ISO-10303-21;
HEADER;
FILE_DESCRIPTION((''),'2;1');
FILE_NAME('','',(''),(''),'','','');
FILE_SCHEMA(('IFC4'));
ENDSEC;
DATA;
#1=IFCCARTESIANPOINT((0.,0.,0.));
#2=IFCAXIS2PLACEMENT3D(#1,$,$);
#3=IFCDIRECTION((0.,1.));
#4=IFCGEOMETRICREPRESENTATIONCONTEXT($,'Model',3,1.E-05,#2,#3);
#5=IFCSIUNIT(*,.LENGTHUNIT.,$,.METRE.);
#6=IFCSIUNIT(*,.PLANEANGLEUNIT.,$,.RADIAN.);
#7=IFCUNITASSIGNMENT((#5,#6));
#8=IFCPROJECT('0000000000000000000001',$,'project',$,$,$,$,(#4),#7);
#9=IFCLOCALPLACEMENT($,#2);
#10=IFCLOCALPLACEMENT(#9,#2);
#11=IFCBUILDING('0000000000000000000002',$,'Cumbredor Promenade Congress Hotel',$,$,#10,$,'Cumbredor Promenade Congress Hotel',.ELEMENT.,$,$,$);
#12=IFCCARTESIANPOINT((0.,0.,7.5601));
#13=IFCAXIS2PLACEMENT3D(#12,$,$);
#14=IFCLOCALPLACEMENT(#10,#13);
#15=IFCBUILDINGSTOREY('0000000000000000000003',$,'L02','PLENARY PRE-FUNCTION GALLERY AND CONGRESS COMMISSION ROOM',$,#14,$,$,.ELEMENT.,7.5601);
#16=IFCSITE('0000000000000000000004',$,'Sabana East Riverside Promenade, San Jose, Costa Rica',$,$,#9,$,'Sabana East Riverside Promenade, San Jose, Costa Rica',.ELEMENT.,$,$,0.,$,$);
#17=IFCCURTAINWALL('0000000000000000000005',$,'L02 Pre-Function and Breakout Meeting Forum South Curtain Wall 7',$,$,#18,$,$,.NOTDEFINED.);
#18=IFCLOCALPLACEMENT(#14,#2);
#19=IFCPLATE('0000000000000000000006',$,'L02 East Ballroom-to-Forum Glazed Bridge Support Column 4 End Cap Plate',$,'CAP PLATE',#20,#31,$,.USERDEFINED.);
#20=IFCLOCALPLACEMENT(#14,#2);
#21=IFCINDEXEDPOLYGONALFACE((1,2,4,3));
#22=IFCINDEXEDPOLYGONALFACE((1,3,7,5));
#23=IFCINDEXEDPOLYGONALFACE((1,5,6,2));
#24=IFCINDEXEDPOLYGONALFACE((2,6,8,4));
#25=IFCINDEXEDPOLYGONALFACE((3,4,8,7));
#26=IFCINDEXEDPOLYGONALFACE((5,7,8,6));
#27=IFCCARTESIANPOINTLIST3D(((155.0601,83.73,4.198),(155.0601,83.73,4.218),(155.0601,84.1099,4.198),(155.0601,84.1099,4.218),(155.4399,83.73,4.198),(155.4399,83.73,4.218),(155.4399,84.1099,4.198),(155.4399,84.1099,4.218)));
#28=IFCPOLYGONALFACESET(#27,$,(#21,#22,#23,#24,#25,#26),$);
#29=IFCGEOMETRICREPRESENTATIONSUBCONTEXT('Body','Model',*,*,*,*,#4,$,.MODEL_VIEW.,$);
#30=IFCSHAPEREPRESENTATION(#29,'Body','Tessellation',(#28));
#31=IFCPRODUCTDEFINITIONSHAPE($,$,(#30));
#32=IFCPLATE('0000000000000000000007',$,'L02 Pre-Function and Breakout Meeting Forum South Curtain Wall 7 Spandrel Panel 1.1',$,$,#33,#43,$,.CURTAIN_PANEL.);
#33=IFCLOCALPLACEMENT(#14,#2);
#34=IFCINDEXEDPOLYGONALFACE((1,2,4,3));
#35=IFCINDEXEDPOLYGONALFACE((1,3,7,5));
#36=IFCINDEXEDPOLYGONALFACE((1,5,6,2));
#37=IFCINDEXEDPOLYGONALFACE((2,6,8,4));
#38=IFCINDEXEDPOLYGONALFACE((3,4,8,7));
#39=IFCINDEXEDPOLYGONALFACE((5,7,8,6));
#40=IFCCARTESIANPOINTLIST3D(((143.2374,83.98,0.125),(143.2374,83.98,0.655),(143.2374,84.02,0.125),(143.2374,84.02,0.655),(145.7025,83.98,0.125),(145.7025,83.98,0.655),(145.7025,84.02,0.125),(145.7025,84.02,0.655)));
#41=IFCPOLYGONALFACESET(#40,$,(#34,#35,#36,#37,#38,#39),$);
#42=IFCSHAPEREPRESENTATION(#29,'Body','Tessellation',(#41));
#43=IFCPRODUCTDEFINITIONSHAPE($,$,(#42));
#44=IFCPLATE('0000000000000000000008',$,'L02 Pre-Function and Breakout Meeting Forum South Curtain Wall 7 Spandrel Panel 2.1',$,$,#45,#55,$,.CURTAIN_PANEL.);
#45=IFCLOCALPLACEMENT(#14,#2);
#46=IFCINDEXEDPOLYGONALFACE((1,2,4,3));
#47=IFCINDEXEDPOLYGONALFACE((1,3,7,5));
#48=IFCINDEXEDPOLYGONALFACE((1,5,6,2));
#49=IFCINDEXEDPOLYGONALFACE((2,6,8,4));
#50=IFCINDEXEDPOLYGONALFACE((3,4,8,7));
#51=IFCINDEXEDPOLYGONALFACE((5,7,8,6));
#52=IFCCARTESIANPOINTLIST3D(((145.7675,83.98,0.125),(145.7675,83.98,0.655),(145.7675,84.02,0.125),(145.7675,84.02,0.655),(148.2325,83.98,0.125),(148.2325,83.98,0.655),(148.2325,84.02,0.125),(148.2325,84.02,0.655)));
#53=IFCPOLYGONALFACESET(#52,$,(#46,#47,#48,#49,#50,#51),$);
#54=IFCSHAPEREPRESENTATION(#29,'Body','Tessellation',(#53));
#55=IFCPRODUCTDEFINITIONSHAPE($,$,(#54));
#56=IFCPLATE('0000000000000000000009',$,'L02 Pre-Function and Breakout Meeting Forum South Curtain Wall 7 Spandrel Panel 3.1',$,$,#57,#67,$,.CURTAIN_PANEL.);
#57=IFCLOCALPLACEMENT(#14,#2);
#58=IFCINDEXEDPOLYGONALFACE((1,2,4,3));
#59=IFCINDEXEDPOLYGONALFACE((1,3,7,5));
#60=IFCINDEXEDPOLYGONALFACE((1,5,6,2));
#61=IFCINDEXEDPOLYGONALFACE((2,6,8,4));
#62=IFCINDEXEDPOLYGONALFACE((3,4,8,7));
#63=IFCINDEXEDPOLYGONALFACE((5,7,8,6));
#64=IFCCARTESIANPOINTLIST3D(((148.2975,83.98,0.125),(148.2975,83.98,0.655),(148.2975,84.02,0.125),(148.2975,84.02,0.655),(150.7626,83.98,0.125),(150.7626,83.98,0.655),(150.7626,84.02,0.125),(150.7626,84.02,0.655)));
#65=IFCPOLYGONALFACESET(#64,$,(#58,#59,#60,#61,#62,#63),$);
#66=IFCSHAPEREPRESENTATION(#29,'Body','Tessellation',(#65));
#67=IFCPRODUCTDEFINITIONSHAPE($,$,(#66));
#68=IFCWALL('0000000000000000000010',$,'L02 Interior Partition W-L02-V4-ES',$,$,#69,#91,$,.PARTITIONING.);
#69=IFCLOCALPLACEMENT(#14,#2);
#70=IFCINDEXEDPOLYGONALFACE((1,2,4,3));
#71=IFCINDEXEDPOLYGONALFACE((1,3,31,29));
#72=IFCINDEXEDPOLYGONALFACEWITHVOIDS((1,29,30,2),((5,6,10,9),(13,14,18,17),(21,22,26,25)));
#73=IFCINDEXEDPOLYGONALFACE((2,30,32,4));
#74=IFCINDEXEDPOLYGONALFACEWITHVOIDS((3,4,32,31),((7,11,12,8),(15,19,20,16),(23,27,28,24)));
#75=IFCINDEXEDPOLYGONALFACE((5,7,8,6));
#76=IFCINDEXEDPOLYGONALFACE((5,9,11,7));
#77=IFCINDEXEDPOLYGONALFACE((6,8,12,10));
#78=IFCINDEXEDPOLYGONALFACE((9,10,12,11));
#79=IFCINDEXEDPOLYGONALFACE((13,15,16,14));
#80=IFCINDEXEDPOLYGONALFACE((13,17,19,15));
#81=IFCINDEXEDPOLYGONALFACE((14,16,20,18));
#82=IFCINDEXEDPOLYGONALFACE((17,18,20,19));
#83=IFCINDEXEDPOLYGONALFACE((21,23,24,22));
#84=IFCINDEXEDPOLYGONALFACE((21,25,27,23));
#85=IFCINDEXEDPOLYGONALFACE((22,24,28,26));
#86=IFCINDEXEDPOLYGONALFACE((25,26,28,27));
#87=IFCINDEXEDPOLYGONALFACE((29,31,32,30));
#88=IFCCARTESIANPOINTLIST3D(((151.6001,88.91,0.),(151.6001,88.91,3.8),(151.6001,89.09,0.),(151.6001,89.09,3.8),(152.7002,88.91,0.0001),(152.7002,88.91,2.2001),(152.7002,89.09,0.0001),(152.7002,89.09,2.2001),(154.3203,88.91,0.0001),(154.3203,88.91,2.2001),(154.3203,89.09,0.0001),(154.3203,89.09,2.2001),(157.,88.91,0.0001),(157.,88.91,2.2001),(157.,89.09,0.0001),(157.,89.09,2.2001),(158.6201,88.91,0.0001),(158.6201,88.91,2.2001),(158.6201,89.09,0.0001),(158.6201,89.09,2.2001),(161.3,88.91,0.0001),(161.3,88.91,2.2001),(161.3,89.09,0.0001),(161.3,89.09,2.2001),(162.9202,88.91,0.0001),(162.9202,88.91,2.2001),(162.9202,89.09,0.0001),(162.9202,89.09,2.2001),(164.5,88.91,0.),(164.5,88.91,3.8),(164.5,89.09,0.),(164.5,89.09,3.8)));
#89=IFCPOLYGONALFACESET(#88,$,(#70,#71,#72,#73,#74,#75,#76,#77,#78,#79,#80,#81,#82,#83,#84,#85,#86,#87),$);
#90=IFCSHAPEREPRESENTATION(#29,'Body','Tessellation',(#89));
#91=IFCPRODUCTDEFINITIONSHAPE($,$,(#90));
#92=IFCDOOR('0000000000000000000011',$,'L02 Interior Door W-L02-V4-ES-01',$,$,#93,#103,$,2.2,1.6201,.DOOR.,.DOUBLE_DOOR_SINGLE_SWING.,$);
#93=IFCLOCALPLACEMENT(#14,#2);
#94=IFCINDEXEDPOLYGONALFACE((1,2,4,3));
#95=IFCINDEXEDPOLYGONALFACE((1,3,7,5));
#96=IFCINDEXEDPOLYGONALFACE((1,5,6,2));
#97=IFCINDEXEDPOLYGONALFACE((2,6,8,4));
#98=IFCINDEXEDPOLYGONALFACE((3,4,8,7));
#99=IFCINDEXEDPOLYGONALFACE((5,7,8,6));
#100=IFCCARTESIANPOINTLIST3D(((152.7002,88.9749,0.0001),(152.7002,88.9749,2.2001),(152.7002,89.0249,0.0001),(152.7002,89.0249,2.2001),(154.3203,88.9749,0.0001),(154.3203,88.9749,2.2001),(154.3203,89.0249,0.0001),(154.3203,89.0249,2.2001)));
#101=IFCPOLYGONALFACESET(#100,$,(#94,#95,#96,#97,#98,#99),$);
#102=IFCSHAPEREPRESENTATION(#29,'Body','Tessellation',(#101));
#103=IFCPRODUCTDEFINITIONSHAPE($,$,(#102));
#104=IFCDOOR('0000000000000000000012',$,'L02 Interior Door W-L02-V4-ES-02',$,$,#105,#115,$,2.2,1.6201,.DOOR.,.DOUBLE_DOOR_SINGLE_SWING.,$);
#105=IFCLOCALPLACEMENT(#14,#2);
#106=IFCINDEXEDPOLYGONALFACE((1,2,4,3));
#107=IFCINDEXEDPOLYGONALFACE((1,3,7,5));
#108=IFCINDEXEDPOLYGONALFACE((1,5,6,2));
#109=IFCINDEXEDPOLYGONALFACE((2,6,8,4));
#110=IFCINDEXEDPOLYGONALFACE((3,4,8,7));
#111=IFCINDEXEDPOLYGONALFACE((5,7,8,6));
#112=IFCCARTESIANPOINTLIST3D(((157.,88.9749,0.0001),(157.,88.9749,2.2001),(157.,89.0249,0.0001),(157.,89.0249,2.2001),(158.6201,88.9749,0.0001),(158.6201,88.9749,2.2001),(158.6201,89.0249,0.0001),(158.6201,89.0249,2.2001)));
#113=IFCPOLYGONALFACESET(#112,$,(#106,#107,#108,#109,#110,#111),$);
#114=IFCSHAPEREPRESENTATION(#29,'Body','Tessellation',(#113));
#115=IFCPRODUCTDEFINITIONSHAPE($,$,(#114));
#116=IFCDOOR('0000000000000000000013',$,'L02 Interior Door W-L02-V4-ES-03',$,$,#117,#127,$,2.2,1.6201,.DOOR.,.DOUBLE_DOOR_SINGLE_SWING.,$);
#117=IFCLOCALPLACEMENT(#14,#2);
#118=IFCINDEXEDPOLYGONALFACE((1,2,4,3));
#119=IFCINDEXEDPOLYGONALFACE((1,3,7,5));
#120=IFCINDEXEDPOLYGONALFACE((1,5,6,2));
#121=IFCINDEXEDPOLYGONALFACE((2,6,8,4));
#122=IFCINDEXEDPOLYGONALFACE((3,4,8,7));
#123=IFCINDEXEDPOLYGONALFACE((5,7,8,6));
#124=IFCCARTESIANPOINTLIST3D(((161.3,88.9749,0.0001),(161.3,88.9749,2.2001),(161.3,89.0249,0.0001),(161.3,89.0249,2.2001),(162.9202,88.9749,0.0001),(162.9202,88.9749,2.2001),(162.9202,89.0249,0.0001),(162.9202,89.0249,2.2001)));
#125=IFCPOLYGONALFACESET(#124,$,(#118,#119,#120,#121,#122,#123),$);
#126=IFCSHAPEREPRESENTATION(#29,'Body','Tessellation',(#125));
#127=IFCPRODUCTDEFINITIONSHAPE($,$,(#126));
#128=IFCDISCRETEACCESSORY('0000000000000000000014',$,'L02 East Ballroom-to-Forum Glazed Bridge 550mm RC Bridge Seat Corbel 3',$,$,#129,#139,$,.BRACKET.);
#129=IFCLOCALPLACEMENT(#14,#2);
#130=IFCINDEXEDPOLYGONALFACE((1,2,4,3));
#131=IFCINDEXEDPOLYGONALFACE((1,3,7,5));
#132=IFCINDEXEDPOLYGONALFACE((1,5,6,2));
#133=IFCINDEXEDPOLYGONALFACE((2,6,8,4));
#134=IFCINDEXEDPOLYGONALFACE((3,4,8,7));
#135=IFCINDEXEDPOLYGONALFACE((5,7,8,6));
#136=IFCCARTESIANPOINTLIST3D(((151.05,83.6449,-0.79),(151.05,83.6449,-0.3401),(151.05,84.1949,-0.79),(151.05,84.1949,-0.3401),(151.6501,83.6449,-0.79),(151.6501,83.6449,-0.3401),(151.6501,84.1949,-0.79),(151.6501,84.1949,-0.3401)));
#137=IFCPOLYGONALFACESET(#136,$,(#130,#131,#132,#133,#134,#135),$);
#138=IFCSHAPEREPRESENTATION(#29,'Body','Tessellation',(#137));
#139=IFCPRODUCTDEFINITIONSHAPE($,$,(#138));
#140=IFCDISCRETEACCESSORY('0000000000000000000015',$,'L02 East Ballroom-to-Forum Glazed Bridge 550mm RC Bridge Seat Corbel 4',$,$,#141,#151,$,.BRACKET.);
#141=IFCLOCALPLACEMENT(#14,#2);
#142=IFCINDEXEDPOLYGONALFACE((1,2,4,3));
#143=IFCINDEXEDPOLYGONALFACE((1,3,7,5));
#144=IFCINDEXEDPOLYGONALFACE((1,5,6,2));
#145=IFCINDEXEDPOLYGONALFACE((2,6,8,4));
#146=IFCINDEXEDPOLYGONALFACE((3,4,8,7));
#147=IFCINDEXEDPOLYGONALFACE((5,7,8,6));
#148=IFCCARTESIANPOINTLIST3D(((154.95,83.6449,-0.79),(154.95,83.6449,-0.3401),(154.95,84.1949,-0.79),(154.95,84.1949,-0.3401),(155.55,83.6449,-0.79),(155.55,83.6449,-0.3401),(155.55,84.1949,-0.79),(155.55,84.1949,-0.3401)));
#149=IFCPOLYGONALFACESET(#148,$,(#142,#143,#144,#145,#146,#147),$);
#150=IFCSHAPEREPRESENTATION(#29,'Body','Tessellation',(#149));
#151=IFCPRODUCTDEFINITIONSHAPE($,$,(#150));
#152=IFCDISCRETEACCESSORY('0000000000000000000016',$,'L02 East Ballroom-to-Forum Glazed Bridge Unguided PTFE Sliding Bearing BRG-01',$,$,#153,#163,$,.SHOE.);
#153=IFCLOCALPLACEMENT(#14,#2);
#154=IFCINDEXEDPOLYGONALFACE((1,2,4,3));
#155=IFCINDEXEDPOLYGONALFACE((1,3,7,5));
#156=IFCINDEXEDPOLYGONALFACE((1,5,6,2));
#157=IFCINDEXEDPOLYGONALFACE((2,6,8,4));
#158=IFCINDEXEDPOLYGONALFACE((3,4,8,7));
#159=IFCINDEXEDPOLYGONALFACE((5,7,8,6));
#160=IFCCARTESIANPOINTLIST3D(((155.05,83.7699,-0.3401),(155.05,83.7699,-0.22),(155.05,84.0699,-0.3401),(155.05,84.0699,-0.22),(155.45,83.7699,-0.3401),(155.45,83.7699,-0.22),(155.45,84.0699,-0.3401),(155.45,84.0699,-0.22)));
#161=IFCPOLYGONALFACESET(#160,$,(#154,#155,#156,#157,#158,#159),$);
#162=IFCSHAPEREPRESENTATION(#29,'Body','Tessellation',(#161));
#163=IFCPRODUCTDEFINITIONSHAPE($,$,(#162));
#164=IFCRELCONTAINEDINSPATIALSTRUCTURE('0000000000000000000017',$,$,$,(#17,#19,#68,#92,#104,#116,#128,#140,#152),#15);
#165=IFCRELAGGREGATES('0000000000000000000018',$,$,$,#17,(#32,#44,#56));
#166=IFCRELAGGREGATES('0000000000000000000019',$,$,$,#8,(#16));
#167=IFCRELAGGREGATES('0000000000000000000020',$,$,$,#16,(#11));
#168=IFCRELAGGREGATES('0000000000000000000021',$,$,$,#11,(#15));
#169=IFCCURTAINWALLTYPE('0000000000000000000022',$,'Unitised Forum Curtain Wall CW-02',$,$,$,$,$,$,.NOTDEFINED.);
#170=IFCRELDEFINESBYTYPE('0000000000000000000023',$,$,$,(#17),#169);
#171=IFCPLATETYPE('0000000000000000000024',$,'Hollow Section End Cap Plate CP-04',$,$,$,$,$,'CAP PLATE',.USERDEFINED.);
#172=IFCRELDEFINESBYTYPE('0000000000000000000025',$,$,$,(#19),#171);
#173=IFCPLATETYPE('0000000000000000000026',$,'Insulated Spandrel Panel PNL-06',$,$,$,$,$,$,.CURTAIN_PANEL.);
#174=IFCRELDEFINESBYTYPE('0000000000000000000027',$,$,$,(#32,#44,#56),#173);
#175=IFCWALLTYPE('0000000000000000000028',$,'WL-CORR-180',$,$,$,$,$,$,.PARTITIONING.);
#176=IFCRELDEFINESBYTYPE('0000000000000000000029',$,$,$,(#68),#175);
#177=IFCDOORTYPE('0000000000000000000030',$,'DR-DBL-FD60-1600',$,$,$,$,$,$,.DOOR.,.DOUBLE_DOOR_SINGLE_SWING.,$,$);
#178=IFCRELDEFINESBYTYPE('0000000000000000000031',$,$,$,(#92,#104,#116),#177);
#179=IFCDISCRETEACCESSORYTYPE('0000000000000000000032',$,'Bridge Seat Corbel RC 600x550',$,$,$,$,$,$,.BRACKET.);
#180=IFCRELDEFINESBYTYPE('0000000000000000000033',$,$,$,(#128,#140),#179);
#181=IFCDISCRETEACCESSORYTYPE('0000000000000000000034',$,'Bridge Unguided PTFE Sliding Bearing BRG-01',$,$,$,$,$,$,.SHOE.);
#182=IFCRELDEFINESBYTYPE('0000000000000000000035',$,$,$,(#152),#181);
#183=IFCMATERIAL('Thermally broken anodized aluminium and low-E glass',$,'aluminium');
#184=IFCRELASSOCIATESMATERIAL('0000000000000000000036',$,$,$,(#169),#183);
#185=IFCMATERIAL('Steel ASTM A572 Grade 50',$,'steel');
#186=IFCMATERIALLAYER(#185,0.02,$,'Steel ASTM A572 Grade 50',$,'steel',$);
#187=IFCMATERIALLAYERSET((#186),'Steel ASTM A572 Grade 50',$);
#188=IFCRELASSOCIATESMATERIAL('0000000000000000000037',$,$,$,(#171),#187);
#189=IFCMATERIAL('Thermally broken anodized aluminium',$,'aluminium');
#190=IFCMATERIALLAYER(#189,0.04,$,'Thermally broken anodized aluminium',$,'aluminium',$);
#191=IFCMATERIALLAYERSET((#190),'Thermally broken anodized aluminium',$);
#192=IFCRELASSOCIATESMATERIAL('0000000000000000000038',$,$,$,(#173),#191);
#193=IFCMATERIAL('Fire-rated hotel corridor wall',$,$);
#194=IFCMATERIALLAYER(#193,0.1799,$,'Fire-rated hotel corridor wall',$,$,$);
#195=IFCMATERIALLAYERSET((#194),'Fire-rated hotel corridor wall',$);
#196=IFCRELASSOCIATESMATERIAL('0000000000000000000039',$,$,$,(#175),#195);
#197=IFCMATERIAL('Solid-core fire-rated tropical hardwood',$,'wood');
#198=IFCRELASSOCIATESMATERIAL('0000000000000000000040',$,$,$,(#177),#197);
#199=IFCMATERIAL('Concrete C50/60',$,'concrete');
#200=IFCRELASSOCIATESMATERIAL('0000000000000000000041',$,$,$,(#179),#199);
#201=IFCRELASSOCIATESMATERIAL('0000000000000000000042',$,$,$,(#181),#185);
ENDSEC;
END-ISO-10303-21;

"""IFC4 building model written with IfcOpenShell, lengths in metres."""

from ifc_helpers import new_model, si_unit, direction, frame, frame_2d, origin, origin_2d, place, context, subcontext, project, spatial, rectangle, extrude, material, layer, layer_set, type_object, element, fill, aggregate, save


model = new_model("IFC4")

# Units and contexts
model_context = context("Model", 3, precision=1e-05, world=origin(), true_north=direction((0.0, 1.0)))
body_context = subcontext(model_context, "Body", "Model", "MODEL_VIEW")
ifc_project = project(units=[si_unit("LENGTHUNIT", "METRE"), si_unit("PLANEANGLEUNIT", "RADIAN")], contexts=[model_context])

# Site, building, storey
site_placement = place(None, origin())
site = spatial("IfcSite", under=ifc_project, at=site_placement, Name="Sabana East Riverside Promenade, San Jose, Costa Rica", LongName="Sabana East Riverside Promenade, San Jose, Costa Rica", CompositionType="ELEMENT", RefElevation=0.0)
building_placement = place(site_placement, origin())
building = spatial("IfcBuilding", under=site, at=building_placement, Name="Cumbredor Promenade Congress Hotel", LongName="Cumbredor Promenade Congress Hotel", CompositionType="ELEMENT")
storey_placement = place(building_placement, frame((0.0, 0.0, 7.5601)))
storey = spatial("IfcBuildingStorey", under=building, at=storey_placement, Name="L02", Description="PLENARY PRE-FUNCTION GALLERY AND CONGRESS COMMISSION ROOM", CompositionType="ELEMENT", Elevation=7.5601)

# Curtain wall
ifc_material_1 = material(Name="Thermally broken anodized aluminium and low-E glass", Category="aluminium")
curtain_wall_type = type_object("IfcCurtainWallType", Name="Unitised Forum Curtain Wall CW-02", PredefinedType="NOTDEFINED", material=ifc_material_1)
curtain_wall_placement = place(storey_placement, origin())
curtain_wall = element("IfcCurtainWall", 1, at=curtain_wall_placement, inside=storey, type_object=curtain_wall_type, Name="L02 Pre-Function and Breakout Meeting Forum South Curtain Wall 7", PredefinedType="NOTDEFINED")
ifc_material_2 = material(Name="Thermally broken anodized aluminium", Category="aluminium")

# Plate
ifc_material_3 = material(Name="Steel ASTM A572 Grade 50", Category="steel")
ifc_layer_1 = layer(ifc_material_3, 0.02, Name="Steel ASTM A572 Grade 50", Category="steel")
ifc_layer_set_1 = layer_set([ifc_layer_1], Name="Steel ASTM A572 Grade 50")
plate_type_1 = type_object("IfcPlateType", Name="Hollow Section End Cap Plate CP-04", ElementType="CAP PLATE", PredefinedType="USERDEFINED", material=ifc_layer_set_1)
for number, where, z_axis, x_axis, name in (
    (2, (155.25, 83.9199, 4.198), (0.0, 0.0, 1.0), (1.0, 0.0, 0.0), "L02 East Ballroom-to-Forum Glazed Bridge Support Column 4 End Cap Plate"),
):
    element("IfcPlate", number, at=place(storey_placement, frame(where, z_axis=z_axis, x_axis=x_axis)), inside=storey, type_object=plate_type_1, Name=name, ObjectType="CAP PLATE", PredefinedType="USERDEFINED", context=body_context, shape_type="SweptSolid", body=[
        extrude(rectangle(XDim=0.3799, YDim=0.3799, at=origin_2d()), origin(), (0.0, 0.0, 1.0), 0.02),
    ])

# Plates
ifc_layer_2 = layer(ifc_material_2, 0.04, Name="Thermally broken anodized aluminium", Category="aluminium")
ifc_layer_set_2 = layer_set([ifc_layer_2], Name="Thermally broken anodized aluminium")
plate_type_2 = type_object("IfcPlateType", Name="Insulated Spandrel Panel PNL-06", PredefinedType="CURTAIN_PANEL", material=ifc_layer_set_2)
plate_1_placement = place(storey_placement, frame((144.47, 84.0, 0.125), z_axis=(0.0, 0.0, 1.0), x_axis=(1.0, 0.0, 0.0)))
plate_1 = element("IfcPlate", 3, at=plate_1_placement, type_object=plate_type_2, Name="L02 Pre-Function and Breakout Meeting Forum South Curtain Wall 7 Spandrel Panel 1.1", PredefinedType="CURTAIN_PANEL", context=body_context, shape_type="SweptSolid", body=[
    extrude(rectangle(XDim=2.4651, YDim=0.04, at=origin_2d()), origin(), (0.0, 0.0, 1.0), 0.53),
])
plate_2_placement = place(storey_placement, frame((147.0, 84.0, 0.125), z_axis=(0.0, 0.0, 1.0), x_axis=(1.0, 0.0, 0.0)))
plate_2 = element("IfcPlate", 4, at=plate_2_placement, type_object=plate_type_2, Name="L02 Pre-Function and Breakout Meeting Forum South Curtain Wall 7 Spandrel Panel 2.1", PredefinedType="CURTAIN_PANEL", context=body_context, shape_type="SweptSolid", body=[
    extrude(rectangle(XDim=2.4651, YDim=0.04, at=origin_2d()), origin(), (0.0, 0.0, 1.0), 0.53),
])
plate_3_placement = place(storey_placement, frame((149.53, 84.0, 0.125), z_axis=(0.0, 0.0, 1.0), x_axis=(1.0, 0.0, 0.0)))
plate_3 = element("IfcPlate", 5, at=plate_3_placement, type_object=plate_type_2, Name="L02 Pre-Function and Breakout Meeting Forum South Curtain Wall 7 Spandrel Panel 3.1", PredefinedType="CURTAIN_PANEL", context=body_context, shape_type="SweptSolid", body=[
    extrude(rectangle(XDim=2.4651, YDim=0.04, at=origin_2d()), origin(), (0.0, 0.0, 1.0), 0.53),
])
aggregate(curtain_wall, [plate_1, plate_2, plate_3])

# Wall, openings, doors
ifc_material_4 = material(Name="Fire-rated hotel corridor wall")
ifc_layer_3 = layer(ifc_material_4, 0.1799, Name="Fire-rated hotel corridor wall")
ifc_layer_set_3 = layer_set([ifc_layer_3], Name="Fire-rated hotel corridor wall")
wall_type = type_object("IfcWallType", Name="WL-CORR-180", PredefinedType="PARTITIONING", material=ifc_layer_set_3)
wall_placement = place(storey_placement, frame((151.6001, 89.0, 0.0), z_axis=(0.0, 0.0, 1.0), x_axis=(1.0, 0.0, 0.0)))
wall = element("IfcWall", 6, at=wall_placement, inside=storey, type_object=wall_type, Name="L02 Interior Partition W-L02-V4-ES", PredefinedType="PARTITIONING", context=body_context, shape_type="SweptSolid", body=[
    extrude(rectangle(XDim=12.8999, YDim=0.1799, at=frame_2d((6.45, 0.0))), origin(), (0.0, 0.0, 1.0), 3.8),
])
opening_1_placement = place(wall_placement, frame((1.1001, 0.0, 0.0)))
opening_1 = element("IfcOpeningElement", 7, at=opening_1_placement, cuts=wall, PredefinedType="OPENING", context=body_context, shape_type="SweptSolid", body=[
    extrude(rectangle(XDim=1.6201, YDim=2.2, at=frame_2d((0.8101, 1.1001))), frame((0.0, 0.1001, 0.0), z_axis=(0.0, -1.0, 0.0), x_axis=(1.0, 0.0, 0.0)), (0.0, 0.0, 1.0), 0.2),
])
opening_2_placement = place(wall_placement, frame((5.3999, 0.0, 0.0)))
opening_2 = element("IfcOpeningElement", 8, at=opening_2_placement, cuts=wall, PredefinedType="OPENING", context=body_context, shape_type="SweptSolid", body=[
    extrude(rectangle(XDim=1.6201, YDim=2.2, at=frame_2d((0.8101, 1.1001))), frame((0.0, 0.1001, 0.0), z_axis=(0.0, -1.0, 0.0), x_axis=(1.0, 0.0, 0.0)), (0.0, 0.0, 1.0), 0.2),
])
opening_3_placement = place(wall_placement, frame((9.7, 0.0, 0.0)))
opening_3 = element("IfcOpeningElement", 9, at=opening_3_placement, cuts=wall, PredefinedType="OPENING", context=body_context, shape_type="SweptSolid", body=[
    extrude(rectangle(XDim=1.6201, YDim=2.2, at=frame_2d((0.8101, 1.1001))), frame((0.0, 0.1001, 0.0), z_axis=(0.0, -1.0, 0.0), x_axis=(1.0, 0.0, 0.0)), (0.0, 0.0, 1.0), 0.2),
])
ifc_material_5 = material(Name="Solid-core fire-rated tropical hardwood", Category="wood")
door_type = type_object("IfcDoorType", Name="DR-DBL-FD60-1600", OperationType="DOUBLE_DOOR_SINGLE_SWING", PredefinedType="DOOR", material=ifc_material_5)
door_1_placement = place(opening_1_placement, origin())
door_1 = element("IfcDoor", 10, at=door_1_placement, inside=storey, type_object=door_type, Name="L02 Interior Door W-L02-V4-ES-01", OperationType="DOUBLE_DOOR_SINGLE_SWING", OverallHeight=2.2, OverallWidth=1.6201, PredefinedType="DOOR", context=body_context, shape_type="SweptSolid", body=[
    extrude(rectangle(XDim=1.6201, YDim=2.2, at=frame_2d((0.8101, 1.1001))), frame((0.0, 0.0249, 0.0), z_axis=(0.0, -1.0, 0.0), x_axis=(1.0, 0.0, 0.0)), (0.0, 0.0, 1.0), 0.05),
])
fill(opening_1, door_1)
door_2_placement = place(opening_2_placement, origin())
door_2 = element("IfcDoor", 11, at=door_2_placement, inside=storey, type_object=door_type, Name="L02 Interior Door W-L02-V4-ES-02", OperationType="DOUBLE_DOOR_SINGLE_SWING", OverallHeight=2.2, OverallWidth=1.6201, PredefinedType="DOOR", context=body_context, shape_type="SweptSolid", body=[
    extrude(rectangle(XDim=1.6201, YDim=2.2, at=frame_2d((0.8101, 1.1001))), frame((0.0, 0.0249, 0.0), z_axis=(0.0, -1.0, 0.0), x_axis=(1.0, 0.0, 0.0)), (0.0, 0.0, 1.0), 0.05),
])
fill(opening_2, door_2)
door_3_placement = place(opening_3_placement, origin())
door_3 = element("IfcDoor", 12, at=door_3_placement, inside=storey, type_object=door_type, Name="L02 Interior Door W-L02-V4-ES-03", OperationType="DOUBLE_DOOR_SINGLE_SWING", OverallHeight=2.2, OverallWidth=1.6201, PredefinedType="DOOR", context=body_context, shape_type="SweptSolid", body=[
    extrude(rectangle(XDim=1.6201, YDim=2.2, at=frame_2d((0.8101, 1.1001))), frame((0.0, 0.0249, 0.0), z_axis=(0.0, -1.0, 0.0), x_axis=(1.0, 0.0, 0.0)), (0.0, 0.0, 1.0), 0.05),
])
fill(opening_3, door_3)

# Discrete accessories
ifc_material_6 = material(Name="Concrete C50/60", Category="concrete")
discrete_accessory_type_1 = type_object("IfcDiscreteAccessoryType", Name="Bridge Seat Corbel RC 600x550", PredefinedType="BRACKET", material=ifc_material_6)
for number, where, z_axis, x_axis, name in (
    (13, (151.3501, 83.9199, -0.79), (0.0, 0.0, 1.0), (0.0, 1.0, 0.0), "L02 East Ballroom-to-Forum Glazed Bridge 550mm RC Bridge Seat Corbel 3"),
    (14, (155.25, 83.9199, -0.79), (0.0, 0.0, 1.0), (0.0, 1.0, 0.0), "L02 East Ballroom-to-Forum Glazed Bridge 550mm RC Bridge Seat Corbel 4"),
):
    element("IfcDiscreteAccessory", number, at=place(storey_placement, frame(where, z_axis=z_axis, x_axis=x_axis)), inside=storey, type_object=discrete_accessory_type_1, Name=name, PredefinedType="BRACKET", context=body_context, shape_type="SweptSolid", body=[
        extrude(rectangle(XDim=0.55, YDim=0.6001, at=origin_2d()), origin(), (0.0, 0.0, 1.0), 0.45),
    ])
discrete_accessory_type_2 = type_object("IfcDiscreteAccessoryType", Name="Bridge Unguided PTFE Sliding Bearing BRG-01", PredefinedType="SHOE", material=ifc_material_3)
discrete_accessory_placement = place(storey_placement, frame((155.25, 83.9199, -0.3401), z_axis=(0.0, 0.0, 1.0), x_axis=(0.0, 1.0, 0.0)))
element("IfcDiscreteAccessory", 15, at=discrete_accessory_placement, inside=storey, type_object=discrete_accessory_type_2, Name="L02 East Ballroom-to-Forum Glazed Bridge Unguided PTFE Sliding Bearing BRG-01", PredefinedType="SHOE", context=body_context, shape_type="SweptSolid", body=[
    extrude(rectangle(XDim=0.3, YDim=0.3999, at=origin_2d()), origin(), (0.0, 0.0, 1.0), 0.1201),
])

save(model, "model.ifc")
